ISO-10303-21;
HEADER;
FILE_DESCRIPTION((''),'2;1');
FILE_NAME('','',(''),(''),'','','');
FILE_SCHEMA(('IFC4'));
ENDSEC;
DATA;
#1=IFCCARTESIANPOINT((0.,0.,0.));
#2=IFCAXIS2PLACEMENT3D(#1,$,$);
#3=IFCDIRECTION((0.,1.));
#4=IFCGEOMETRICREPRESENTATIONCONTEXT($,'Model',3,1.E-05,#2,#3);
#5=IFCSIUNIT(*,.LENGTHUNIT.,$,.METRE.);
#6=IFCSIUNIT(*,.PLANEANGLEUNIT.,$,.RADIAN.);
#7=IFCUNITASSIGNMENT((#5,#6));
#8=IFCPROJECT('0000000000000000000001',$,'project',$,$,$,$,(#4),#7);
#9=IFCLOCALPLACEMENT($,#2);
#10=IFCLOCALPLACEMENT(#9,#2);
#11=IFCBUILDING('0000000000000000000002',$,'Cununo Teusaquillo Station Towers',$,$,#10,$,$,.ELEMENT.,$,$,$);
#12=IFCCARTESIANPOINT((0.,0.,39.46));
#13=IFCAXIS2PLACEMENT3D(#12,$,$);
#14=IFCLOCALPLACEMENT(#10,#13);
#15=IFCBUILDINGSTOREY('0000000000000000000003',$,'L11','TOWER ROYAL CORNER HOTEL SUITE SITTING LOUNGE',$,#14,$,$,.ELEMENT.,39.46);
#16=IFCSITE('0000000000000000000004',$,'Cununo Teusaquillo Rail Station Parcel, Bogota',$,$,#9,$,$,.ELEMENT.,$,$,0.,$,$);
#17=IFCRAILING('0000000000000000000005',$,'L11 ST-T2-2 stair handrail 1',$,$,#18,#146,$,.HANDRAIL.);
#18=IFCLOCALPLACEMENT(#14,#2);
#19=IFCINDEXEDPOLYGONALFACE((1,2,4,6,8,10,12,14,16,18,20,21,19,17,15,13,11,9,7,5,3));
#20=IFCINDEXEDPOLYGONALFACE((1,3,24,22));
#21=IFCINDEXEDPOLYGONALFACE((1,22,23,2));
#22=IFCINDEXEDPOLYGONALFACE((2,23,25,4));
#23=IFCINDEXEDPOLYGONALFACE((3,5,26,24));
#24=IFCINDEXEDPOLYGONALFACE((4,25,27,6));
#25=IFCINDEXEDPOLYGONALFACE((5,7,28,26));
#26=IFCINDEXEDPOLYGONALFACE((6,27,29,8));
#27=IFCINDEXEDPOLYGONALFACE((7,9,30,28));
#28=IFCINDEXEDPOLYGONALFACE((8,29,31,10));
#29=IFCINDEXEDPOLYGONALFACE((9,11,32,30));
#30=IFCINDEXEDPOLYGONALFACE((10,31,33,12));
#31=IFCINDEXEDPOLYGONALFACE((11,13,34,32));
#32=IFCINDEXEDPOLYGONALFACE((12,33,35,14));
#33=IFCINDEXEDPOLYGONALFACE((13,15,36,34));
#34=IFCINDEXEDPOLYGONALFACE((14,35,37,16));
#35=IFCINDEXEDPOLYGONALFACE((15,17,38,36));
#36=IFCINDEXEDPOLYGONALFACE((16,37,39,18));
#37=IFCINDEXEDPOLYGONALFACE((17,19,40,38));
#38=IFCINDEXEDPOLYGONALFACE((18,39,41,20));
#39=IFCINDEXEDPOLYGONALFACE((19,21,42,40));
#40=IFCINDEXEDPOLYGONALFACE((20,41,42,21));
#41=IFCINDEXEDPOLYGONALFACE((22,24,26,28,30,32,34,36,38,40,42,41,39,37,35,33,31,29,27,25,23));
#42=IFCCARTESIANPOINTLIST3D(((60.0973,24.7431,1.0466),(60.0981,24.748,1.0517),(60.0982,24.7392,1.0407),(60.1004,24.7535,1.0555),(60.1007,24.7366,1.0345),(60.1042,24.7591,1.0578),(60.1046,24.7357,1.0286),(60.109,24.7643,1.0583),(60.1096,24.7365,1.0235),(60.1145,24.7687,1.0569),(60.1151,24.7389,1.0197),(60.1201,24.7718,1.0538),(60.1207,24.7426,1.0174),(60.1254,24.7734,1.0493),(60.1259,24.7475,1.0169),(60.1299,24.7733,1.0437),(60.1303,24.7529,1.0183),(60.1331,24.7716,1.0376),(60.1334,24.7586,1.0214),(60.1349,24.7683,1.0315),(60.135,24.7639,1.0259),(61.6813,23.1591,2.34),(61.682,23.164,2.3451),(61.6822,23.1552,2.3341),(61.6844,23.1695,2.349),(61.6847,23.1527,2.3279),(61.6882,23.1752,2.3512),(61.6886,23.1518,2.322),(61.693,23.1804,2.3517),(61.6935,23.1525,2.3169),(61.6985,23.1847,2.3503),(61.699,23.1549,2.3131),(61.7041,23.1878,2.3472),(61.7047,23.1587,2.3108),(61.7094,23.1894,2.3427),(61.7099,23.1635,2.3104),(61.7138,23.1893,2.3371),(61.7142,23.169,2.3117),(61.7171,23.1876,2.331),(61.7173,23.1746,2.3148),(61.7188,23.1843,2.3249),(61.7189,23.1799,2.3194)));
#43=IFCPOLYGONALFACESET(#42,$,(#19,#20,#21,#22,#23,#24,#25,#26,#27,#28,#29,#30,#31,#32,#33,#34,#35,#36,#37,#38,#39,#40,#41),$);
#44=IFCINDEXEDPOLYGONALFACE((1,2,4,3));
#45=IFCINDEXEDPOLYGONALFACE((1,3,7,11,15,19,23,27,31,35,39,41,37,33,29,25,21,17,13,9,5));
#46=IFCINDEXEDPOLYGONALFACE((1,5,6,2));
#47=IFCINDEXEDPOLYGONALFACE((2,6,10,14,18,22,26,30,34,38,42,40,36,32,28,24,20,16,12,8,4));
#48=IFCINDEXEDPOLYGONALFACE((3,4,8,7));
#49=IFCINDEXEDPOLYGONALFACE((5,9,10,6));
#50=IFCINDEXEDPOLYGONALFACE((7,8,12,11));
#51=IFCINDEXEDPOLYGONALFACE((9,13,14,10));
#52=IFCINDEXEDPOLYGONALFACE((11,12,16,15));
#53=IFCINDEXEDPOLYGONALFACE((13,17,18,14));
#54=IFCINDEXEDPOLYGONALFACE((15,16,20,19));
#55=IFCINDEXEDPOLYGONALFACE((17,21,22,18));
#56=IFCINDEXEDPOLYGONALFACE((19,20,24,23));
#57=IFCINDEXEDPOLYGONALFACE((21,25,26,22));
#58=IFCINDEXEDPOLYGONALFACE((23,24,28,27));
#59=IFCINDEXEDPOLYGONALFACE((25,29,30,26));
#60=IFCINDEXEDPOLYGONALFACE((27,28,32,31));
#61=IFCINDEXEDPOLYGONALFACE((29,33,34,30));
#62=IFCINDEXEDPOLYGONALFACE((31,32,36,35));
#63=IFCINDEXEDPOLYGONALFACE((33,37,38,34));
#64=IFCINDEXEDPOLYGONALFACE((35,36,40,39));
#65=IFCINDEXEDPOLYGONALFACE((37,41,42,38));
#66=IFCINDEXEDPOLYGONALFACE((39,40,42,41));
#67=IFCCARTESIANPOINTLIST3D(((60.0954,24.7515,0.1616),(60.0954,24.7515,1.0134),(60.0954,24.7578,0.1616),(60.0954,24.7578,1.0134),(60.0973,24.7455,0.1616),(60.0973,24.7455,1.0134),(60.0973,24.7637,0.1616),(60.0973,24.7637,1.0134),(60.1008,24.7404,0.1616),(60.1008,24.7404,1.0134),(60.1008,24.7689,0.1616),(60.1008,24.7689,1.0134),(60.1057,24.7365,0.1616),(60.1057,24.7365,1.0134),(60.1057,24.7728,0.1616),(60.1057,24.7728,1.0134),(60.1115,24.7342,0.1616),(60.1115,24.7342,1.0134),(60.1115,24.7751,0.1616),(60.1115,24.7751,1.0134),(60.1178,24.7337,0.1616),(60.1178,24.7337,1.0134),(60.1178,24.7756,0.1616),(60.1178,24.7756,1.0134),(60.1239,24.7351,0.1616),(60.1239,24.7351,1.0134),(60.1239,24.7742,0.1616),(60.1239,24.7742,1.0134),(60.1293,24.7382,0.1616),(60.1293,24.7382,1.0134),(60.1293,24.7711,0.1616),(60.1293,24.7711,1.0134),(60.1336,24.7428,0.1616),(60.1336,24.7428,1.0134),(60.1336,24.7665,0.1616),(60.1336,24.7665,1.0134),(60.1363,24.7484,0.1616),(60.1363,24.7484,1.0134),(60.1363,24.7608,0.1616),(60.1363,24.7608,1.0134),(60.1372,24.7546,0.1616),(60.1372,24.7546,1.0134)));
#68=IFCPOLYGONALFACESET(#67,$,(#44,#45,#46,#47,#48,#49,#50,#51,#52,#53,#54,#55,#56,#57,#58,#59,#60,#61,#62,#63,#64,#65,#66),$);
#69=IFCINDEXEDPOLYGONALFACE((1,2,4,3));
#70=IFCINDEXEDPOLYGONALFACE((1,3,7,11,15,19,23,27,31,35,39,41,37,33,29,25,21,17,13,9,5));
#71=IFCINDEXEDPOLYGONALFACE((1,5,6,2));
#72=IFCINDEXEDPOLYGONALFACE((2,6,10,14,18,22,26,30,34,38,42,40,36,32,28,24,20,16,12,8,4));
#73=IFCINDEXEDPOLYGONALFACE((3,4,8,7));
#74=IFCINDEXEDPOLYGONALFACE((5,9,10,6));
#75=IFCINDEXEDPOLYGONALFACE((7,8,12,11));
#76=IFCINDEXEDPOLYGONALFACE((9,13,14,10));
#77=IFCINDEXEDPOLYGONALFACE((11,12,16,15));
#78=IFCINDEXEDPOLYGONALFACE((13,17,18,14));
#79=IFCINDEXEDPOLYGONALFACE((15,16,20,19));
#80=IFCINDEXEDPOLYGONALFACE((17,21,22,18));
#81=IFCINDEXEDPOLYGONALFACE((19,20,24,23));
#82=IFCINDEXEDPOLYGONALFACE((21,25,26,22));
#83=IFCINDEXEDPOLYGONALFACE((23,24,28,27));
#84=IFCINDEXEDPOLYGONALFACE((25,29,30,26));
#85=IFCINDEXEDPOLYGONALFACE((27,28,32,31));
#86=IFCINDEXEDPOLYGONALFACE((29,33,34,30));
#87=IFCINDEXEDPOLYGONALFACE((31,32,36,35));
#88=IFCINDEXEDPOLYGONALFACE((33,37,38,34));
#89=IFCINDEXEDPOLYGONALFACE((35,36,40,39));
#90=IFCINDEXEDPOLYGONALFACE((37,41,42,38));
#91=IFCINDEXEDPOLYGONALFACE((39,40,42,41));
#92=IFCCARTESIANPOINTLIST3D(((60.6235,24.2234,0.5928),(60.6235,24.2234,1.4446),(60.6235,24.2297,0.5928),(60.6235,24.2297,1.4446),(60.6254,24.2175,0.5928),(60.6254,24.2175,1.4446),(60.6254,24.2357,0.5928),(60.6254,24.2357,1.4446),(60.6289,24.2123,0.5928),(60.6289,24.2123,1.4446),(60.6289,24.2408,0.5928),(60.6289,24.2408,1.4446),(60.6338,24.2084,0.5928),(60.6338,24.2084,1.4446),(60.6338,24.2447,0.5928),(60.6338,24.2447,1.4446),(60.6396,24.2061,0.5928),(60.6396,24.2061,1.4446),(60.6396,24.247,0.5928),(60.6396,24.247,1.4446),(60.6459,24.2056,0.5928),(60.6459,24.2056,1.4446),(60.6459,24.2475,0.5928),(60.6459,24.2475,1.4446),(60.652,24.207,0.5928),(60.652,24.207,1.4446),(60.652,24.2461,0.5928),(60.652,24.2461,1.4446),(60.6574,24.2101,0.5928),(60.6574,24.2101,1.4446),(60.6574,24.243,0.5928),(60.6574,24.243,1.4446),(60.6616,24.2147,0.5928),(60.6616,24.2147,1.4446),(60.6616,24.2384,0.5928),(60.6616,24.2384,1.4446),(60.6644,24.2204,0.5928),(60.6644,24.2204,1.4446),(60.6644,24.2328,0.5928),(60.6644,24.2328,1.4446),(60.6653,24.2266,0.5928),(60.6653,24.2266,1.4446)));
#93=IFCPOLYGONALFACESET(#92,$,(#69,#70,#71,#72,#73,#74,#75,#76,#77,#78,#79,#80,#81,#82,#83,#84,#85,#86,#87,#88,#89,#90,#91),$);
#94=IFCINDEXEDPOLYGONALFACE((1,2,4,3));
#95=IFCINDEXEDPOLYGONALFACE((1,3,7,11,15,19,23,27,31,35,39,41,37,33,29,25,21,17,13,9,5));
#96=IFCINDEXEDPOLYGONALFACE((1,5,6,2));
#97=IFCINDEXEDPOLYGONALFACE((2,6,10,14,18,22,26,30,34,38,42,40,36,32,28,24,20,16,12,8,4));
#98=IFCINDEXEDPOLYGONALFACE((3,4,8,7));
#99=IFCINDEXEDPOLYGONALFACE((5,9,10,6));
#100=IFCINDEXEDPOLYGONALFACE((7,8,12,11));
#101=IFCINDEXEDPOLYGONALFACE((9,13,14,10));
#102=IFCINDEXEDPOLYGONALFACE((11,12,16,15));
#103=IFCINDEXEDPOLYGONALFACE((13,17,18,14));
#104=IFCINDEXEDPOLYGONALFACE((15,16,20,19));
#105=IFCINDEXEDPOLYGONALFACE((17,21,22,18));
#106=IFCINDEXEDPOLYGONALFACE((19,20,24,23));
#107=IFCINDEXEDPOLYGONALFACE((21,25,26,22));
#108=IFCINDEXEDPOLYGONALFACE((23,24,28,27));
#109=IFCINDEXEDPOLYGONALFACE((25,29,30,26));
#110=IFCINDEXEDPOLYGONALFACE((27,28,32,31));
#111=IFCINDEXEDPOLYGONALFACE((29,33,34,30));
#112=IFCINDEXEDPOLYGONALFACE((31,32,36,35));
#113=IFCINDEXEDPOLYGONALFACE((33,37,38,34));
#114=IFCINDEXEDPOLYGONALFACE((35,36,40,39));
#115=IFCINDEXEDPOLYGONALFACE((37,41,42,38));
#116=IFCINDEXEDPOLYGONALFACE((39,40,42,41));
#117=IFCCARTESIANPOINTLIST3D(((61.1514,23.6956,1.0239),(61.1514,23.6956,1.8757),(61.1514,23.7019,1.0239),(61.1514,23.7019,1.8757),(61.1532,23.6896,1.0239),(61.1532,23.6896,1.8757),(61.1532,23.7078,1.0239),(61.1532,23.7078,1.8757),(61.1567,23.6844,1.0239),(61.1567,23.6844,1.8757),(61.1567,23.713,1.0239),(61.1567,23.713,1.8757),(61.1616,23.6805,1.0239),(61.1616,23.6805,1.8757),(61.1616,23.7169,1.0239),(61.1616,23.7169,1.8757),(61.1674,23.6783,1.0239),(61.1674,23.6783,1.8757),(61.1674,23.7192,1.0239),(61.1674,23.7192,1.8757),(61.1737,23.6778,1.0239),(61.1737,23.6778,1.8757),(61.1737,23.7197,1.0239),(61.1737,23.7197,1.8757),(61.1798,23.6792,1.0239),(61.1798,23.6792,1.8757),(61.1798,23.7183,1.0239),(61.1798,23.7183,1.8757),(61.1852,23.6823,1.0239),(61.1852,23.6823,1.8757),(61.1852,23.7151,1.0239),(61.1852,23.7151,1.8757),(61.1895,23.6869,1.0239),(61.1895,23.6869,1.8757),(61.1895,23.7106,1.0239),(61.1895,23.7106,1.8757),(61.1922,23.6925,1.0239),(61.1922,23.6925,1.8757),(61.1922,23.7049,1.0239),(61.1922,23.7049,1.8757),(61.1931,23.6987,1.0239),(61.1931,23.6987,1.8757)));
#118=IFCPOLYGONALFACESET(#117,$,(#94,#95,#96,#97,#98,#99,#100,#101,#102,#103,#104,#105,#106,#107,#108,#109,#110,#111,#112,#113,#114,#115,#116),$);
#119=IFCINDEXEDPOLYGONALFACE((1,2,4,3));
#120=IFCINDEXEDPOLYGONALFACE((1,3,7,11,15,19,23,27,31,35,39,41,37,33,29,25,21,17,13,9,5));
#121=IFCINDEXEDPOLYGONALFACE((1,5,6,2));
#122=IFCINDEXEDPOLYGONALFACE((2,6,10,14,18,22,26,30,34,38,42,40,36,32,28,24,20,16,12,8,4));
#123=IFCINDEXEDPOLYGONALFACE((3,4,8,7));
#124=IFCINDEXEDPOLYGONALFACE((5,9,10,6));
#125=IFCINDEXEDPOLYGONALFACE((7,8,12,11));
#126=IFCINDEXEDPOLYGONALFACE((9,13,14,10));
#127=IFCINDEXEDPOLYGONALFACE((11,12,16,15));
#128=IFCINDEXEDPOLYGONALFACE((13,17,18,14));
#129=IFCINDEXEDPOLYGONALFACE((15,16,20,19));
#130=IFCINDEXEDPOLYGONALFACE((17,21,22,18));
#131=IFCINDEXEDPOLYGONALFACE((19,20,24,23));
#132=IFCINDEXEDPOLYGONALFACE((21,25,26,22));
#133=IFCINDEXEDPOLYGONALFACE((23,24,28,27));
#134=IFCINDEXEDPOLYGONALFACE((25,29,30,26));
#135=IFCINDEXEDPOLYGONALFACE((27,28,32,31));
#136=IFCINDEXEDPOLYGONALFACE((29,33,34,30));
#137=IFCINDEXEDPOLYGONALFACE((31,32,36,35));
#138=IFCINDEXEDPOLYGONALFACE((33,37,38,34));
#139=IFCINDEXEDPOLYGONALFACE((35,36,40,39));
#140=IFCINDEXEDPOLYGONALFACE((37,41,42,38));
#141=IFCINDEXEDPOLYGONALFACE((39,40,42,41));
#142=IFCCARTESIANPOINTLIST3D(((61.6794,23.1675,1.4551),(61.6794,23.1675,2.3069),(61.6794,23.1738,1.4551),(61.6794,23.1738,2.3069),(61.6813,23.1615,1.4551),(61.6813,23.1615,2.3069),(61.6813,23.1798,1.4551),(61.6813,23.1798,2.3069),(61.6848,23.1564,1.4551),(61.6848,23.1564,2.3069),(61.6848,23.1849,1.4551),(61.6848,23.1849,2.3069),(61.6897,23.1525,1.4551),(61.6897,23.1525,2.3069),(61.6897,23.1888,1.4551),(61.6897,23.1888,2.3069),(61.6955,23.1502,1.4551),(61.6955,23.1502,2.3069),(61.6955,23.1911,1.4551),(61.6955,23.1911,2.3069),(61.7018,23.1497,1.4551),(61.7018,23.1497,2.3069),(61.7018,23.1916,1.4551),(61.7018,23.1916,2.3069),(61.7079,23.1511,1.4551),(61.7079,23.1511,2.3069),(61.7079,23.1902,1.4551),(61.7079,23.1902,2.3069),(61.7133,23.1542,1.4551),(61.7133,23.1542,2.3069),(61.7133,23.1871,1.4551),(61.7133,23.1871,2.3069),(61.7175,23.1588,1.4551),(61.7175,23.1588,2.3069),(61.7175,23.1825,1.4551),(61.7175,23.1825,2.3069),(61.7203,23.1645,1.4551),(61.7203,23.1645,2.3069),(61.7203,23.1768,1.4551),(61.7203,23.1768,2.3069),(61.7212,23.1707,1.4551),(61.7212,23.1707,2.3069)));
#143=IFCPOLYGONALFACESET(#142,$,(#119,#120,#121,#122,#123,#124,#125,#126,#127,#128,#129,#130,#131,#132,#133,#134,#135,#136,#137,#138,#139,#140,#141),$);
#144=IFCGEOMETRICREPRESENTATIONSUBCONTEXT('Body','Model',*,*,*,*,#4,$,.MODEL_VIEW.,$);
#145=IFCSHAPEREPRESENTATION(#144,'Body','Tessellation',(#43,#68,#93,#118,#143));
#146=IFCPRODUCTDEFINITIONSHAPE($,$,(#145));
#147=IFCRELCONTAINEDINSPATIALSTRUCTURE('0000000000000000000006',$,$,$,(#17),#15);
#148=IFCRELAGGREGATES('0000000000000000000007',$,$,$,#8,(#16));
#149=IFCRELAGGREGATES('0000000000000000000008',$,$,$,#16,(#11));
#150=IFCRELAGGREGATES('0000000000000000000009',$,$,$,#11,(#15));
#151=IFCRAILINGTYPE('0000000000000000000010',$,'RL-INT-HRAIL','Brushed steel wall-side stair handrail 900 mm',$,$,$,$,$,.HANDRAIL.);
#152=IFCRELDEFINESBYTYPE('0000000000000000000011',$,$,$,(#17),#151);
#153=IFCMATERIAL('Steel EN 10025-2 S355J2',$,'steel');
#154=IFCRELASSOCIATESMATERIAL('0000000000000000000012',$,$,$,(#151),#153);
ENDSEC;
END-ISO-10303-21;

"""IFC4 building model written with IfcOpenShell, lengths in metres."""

from ifc_helpers import new_model, si_unit, direction, frame, origin, origin_2d, place, context, subcontext, project, spatial, circle, extrude, material, type_object, element, save


model = new_model("IFC4")

# Units and contexts
model_context = context("Model", 3, precision=1e-05, world=origin(), true_north=direction((0.0, 1.0)))
body_context = subcontext(model_context, "Body", "Model", "MODEL_VIEW")
ifc_project = project(units=[si_unit("LENGTHUNIT", "METRE"), si_unit("PLANEANGLEUNIT", "RADIAN")], contexts=[model_context])

# Site, building, storey
site_placement = place(None, origin())
site = spatial("IfcSite", under=ifc_project, at=site_placement, Name="Cununo Teusaquillo Rail Station Parcel, Bogota", CompositionType="ELEMENT", RefElevation=0.0)
building_placement = place(site_placement, origin())
building = spatial("IfcBuilding", under=site, at=building_placement, Name="Cununo Teusaquillo Station Towers", CompositionType="ELEMENT")
storey_placement = place(building_placement, frame((0.0, 0.0, 39.46)))
storey = spatial("IfcBuildingStorey", under=building, at=storey_placement, Name="L11", Description="TOWER ROYAL CORNER HOTEL SUITE SITTING LOUNGE", CompositionType="ELEMENT", Elevation=39.46)

# Railing
ifc_material_1 = material(Name="Steel EN 10025-2 S355J2", Category="steel")
railing_type_1 = type_object("IfcRailingType", Name="RL-INT-HRAIL", Description="Brushed steel wall-side stair handrail 900 mm", PredefinedType="HANDRAIL", material=ifc_material_1)
railing_1_placement = place(storey_placement, frame((60.1162, 24.7546, 0.1616)))
element("IfcRailing", 1, at=railing_1_placement, inside=storey, type_object=railing_type_1, Name="L11 ST-T2-2 stair handrail 1", PredefinedType="HANDRAIL", context=body_context, shape_type="SweptSolid", body=[
    extrude(circle(Radius=0.0239, at=origin_2d()), frame((0.0, 0.0, 0.876), z_axis=(0.612356, -0.612356, 0.50004), x_axis=(0.707107, 0.707107, 0.0)), (0.0, 0.0, 1.0), 2.5867),
    extrude(circle(Radius=0.021, at=origin_2d()), origin(), (0.0, 0.0, 1.0), 0.8518),
    extrude(circle(Radius=0.021, at=origin_2d()), frame((0.5281, -0.5281, 0.4312)), (0.0, 0.0, 1.0), 0.8518),
    extrude(circle(Radius=0.021, at=origin_2d()), frame((1.0559, -1.0559, 0.8623)), (0.0, 0.0, 1.0), 0.8518),
    extrude(circle(Radius=0.021, at=origin_2d()), frame((1.584, -1.584, 1.2935)), (0.0, 0.0, 1.0), 0.8518),
])

save(model, "model.ifc")
